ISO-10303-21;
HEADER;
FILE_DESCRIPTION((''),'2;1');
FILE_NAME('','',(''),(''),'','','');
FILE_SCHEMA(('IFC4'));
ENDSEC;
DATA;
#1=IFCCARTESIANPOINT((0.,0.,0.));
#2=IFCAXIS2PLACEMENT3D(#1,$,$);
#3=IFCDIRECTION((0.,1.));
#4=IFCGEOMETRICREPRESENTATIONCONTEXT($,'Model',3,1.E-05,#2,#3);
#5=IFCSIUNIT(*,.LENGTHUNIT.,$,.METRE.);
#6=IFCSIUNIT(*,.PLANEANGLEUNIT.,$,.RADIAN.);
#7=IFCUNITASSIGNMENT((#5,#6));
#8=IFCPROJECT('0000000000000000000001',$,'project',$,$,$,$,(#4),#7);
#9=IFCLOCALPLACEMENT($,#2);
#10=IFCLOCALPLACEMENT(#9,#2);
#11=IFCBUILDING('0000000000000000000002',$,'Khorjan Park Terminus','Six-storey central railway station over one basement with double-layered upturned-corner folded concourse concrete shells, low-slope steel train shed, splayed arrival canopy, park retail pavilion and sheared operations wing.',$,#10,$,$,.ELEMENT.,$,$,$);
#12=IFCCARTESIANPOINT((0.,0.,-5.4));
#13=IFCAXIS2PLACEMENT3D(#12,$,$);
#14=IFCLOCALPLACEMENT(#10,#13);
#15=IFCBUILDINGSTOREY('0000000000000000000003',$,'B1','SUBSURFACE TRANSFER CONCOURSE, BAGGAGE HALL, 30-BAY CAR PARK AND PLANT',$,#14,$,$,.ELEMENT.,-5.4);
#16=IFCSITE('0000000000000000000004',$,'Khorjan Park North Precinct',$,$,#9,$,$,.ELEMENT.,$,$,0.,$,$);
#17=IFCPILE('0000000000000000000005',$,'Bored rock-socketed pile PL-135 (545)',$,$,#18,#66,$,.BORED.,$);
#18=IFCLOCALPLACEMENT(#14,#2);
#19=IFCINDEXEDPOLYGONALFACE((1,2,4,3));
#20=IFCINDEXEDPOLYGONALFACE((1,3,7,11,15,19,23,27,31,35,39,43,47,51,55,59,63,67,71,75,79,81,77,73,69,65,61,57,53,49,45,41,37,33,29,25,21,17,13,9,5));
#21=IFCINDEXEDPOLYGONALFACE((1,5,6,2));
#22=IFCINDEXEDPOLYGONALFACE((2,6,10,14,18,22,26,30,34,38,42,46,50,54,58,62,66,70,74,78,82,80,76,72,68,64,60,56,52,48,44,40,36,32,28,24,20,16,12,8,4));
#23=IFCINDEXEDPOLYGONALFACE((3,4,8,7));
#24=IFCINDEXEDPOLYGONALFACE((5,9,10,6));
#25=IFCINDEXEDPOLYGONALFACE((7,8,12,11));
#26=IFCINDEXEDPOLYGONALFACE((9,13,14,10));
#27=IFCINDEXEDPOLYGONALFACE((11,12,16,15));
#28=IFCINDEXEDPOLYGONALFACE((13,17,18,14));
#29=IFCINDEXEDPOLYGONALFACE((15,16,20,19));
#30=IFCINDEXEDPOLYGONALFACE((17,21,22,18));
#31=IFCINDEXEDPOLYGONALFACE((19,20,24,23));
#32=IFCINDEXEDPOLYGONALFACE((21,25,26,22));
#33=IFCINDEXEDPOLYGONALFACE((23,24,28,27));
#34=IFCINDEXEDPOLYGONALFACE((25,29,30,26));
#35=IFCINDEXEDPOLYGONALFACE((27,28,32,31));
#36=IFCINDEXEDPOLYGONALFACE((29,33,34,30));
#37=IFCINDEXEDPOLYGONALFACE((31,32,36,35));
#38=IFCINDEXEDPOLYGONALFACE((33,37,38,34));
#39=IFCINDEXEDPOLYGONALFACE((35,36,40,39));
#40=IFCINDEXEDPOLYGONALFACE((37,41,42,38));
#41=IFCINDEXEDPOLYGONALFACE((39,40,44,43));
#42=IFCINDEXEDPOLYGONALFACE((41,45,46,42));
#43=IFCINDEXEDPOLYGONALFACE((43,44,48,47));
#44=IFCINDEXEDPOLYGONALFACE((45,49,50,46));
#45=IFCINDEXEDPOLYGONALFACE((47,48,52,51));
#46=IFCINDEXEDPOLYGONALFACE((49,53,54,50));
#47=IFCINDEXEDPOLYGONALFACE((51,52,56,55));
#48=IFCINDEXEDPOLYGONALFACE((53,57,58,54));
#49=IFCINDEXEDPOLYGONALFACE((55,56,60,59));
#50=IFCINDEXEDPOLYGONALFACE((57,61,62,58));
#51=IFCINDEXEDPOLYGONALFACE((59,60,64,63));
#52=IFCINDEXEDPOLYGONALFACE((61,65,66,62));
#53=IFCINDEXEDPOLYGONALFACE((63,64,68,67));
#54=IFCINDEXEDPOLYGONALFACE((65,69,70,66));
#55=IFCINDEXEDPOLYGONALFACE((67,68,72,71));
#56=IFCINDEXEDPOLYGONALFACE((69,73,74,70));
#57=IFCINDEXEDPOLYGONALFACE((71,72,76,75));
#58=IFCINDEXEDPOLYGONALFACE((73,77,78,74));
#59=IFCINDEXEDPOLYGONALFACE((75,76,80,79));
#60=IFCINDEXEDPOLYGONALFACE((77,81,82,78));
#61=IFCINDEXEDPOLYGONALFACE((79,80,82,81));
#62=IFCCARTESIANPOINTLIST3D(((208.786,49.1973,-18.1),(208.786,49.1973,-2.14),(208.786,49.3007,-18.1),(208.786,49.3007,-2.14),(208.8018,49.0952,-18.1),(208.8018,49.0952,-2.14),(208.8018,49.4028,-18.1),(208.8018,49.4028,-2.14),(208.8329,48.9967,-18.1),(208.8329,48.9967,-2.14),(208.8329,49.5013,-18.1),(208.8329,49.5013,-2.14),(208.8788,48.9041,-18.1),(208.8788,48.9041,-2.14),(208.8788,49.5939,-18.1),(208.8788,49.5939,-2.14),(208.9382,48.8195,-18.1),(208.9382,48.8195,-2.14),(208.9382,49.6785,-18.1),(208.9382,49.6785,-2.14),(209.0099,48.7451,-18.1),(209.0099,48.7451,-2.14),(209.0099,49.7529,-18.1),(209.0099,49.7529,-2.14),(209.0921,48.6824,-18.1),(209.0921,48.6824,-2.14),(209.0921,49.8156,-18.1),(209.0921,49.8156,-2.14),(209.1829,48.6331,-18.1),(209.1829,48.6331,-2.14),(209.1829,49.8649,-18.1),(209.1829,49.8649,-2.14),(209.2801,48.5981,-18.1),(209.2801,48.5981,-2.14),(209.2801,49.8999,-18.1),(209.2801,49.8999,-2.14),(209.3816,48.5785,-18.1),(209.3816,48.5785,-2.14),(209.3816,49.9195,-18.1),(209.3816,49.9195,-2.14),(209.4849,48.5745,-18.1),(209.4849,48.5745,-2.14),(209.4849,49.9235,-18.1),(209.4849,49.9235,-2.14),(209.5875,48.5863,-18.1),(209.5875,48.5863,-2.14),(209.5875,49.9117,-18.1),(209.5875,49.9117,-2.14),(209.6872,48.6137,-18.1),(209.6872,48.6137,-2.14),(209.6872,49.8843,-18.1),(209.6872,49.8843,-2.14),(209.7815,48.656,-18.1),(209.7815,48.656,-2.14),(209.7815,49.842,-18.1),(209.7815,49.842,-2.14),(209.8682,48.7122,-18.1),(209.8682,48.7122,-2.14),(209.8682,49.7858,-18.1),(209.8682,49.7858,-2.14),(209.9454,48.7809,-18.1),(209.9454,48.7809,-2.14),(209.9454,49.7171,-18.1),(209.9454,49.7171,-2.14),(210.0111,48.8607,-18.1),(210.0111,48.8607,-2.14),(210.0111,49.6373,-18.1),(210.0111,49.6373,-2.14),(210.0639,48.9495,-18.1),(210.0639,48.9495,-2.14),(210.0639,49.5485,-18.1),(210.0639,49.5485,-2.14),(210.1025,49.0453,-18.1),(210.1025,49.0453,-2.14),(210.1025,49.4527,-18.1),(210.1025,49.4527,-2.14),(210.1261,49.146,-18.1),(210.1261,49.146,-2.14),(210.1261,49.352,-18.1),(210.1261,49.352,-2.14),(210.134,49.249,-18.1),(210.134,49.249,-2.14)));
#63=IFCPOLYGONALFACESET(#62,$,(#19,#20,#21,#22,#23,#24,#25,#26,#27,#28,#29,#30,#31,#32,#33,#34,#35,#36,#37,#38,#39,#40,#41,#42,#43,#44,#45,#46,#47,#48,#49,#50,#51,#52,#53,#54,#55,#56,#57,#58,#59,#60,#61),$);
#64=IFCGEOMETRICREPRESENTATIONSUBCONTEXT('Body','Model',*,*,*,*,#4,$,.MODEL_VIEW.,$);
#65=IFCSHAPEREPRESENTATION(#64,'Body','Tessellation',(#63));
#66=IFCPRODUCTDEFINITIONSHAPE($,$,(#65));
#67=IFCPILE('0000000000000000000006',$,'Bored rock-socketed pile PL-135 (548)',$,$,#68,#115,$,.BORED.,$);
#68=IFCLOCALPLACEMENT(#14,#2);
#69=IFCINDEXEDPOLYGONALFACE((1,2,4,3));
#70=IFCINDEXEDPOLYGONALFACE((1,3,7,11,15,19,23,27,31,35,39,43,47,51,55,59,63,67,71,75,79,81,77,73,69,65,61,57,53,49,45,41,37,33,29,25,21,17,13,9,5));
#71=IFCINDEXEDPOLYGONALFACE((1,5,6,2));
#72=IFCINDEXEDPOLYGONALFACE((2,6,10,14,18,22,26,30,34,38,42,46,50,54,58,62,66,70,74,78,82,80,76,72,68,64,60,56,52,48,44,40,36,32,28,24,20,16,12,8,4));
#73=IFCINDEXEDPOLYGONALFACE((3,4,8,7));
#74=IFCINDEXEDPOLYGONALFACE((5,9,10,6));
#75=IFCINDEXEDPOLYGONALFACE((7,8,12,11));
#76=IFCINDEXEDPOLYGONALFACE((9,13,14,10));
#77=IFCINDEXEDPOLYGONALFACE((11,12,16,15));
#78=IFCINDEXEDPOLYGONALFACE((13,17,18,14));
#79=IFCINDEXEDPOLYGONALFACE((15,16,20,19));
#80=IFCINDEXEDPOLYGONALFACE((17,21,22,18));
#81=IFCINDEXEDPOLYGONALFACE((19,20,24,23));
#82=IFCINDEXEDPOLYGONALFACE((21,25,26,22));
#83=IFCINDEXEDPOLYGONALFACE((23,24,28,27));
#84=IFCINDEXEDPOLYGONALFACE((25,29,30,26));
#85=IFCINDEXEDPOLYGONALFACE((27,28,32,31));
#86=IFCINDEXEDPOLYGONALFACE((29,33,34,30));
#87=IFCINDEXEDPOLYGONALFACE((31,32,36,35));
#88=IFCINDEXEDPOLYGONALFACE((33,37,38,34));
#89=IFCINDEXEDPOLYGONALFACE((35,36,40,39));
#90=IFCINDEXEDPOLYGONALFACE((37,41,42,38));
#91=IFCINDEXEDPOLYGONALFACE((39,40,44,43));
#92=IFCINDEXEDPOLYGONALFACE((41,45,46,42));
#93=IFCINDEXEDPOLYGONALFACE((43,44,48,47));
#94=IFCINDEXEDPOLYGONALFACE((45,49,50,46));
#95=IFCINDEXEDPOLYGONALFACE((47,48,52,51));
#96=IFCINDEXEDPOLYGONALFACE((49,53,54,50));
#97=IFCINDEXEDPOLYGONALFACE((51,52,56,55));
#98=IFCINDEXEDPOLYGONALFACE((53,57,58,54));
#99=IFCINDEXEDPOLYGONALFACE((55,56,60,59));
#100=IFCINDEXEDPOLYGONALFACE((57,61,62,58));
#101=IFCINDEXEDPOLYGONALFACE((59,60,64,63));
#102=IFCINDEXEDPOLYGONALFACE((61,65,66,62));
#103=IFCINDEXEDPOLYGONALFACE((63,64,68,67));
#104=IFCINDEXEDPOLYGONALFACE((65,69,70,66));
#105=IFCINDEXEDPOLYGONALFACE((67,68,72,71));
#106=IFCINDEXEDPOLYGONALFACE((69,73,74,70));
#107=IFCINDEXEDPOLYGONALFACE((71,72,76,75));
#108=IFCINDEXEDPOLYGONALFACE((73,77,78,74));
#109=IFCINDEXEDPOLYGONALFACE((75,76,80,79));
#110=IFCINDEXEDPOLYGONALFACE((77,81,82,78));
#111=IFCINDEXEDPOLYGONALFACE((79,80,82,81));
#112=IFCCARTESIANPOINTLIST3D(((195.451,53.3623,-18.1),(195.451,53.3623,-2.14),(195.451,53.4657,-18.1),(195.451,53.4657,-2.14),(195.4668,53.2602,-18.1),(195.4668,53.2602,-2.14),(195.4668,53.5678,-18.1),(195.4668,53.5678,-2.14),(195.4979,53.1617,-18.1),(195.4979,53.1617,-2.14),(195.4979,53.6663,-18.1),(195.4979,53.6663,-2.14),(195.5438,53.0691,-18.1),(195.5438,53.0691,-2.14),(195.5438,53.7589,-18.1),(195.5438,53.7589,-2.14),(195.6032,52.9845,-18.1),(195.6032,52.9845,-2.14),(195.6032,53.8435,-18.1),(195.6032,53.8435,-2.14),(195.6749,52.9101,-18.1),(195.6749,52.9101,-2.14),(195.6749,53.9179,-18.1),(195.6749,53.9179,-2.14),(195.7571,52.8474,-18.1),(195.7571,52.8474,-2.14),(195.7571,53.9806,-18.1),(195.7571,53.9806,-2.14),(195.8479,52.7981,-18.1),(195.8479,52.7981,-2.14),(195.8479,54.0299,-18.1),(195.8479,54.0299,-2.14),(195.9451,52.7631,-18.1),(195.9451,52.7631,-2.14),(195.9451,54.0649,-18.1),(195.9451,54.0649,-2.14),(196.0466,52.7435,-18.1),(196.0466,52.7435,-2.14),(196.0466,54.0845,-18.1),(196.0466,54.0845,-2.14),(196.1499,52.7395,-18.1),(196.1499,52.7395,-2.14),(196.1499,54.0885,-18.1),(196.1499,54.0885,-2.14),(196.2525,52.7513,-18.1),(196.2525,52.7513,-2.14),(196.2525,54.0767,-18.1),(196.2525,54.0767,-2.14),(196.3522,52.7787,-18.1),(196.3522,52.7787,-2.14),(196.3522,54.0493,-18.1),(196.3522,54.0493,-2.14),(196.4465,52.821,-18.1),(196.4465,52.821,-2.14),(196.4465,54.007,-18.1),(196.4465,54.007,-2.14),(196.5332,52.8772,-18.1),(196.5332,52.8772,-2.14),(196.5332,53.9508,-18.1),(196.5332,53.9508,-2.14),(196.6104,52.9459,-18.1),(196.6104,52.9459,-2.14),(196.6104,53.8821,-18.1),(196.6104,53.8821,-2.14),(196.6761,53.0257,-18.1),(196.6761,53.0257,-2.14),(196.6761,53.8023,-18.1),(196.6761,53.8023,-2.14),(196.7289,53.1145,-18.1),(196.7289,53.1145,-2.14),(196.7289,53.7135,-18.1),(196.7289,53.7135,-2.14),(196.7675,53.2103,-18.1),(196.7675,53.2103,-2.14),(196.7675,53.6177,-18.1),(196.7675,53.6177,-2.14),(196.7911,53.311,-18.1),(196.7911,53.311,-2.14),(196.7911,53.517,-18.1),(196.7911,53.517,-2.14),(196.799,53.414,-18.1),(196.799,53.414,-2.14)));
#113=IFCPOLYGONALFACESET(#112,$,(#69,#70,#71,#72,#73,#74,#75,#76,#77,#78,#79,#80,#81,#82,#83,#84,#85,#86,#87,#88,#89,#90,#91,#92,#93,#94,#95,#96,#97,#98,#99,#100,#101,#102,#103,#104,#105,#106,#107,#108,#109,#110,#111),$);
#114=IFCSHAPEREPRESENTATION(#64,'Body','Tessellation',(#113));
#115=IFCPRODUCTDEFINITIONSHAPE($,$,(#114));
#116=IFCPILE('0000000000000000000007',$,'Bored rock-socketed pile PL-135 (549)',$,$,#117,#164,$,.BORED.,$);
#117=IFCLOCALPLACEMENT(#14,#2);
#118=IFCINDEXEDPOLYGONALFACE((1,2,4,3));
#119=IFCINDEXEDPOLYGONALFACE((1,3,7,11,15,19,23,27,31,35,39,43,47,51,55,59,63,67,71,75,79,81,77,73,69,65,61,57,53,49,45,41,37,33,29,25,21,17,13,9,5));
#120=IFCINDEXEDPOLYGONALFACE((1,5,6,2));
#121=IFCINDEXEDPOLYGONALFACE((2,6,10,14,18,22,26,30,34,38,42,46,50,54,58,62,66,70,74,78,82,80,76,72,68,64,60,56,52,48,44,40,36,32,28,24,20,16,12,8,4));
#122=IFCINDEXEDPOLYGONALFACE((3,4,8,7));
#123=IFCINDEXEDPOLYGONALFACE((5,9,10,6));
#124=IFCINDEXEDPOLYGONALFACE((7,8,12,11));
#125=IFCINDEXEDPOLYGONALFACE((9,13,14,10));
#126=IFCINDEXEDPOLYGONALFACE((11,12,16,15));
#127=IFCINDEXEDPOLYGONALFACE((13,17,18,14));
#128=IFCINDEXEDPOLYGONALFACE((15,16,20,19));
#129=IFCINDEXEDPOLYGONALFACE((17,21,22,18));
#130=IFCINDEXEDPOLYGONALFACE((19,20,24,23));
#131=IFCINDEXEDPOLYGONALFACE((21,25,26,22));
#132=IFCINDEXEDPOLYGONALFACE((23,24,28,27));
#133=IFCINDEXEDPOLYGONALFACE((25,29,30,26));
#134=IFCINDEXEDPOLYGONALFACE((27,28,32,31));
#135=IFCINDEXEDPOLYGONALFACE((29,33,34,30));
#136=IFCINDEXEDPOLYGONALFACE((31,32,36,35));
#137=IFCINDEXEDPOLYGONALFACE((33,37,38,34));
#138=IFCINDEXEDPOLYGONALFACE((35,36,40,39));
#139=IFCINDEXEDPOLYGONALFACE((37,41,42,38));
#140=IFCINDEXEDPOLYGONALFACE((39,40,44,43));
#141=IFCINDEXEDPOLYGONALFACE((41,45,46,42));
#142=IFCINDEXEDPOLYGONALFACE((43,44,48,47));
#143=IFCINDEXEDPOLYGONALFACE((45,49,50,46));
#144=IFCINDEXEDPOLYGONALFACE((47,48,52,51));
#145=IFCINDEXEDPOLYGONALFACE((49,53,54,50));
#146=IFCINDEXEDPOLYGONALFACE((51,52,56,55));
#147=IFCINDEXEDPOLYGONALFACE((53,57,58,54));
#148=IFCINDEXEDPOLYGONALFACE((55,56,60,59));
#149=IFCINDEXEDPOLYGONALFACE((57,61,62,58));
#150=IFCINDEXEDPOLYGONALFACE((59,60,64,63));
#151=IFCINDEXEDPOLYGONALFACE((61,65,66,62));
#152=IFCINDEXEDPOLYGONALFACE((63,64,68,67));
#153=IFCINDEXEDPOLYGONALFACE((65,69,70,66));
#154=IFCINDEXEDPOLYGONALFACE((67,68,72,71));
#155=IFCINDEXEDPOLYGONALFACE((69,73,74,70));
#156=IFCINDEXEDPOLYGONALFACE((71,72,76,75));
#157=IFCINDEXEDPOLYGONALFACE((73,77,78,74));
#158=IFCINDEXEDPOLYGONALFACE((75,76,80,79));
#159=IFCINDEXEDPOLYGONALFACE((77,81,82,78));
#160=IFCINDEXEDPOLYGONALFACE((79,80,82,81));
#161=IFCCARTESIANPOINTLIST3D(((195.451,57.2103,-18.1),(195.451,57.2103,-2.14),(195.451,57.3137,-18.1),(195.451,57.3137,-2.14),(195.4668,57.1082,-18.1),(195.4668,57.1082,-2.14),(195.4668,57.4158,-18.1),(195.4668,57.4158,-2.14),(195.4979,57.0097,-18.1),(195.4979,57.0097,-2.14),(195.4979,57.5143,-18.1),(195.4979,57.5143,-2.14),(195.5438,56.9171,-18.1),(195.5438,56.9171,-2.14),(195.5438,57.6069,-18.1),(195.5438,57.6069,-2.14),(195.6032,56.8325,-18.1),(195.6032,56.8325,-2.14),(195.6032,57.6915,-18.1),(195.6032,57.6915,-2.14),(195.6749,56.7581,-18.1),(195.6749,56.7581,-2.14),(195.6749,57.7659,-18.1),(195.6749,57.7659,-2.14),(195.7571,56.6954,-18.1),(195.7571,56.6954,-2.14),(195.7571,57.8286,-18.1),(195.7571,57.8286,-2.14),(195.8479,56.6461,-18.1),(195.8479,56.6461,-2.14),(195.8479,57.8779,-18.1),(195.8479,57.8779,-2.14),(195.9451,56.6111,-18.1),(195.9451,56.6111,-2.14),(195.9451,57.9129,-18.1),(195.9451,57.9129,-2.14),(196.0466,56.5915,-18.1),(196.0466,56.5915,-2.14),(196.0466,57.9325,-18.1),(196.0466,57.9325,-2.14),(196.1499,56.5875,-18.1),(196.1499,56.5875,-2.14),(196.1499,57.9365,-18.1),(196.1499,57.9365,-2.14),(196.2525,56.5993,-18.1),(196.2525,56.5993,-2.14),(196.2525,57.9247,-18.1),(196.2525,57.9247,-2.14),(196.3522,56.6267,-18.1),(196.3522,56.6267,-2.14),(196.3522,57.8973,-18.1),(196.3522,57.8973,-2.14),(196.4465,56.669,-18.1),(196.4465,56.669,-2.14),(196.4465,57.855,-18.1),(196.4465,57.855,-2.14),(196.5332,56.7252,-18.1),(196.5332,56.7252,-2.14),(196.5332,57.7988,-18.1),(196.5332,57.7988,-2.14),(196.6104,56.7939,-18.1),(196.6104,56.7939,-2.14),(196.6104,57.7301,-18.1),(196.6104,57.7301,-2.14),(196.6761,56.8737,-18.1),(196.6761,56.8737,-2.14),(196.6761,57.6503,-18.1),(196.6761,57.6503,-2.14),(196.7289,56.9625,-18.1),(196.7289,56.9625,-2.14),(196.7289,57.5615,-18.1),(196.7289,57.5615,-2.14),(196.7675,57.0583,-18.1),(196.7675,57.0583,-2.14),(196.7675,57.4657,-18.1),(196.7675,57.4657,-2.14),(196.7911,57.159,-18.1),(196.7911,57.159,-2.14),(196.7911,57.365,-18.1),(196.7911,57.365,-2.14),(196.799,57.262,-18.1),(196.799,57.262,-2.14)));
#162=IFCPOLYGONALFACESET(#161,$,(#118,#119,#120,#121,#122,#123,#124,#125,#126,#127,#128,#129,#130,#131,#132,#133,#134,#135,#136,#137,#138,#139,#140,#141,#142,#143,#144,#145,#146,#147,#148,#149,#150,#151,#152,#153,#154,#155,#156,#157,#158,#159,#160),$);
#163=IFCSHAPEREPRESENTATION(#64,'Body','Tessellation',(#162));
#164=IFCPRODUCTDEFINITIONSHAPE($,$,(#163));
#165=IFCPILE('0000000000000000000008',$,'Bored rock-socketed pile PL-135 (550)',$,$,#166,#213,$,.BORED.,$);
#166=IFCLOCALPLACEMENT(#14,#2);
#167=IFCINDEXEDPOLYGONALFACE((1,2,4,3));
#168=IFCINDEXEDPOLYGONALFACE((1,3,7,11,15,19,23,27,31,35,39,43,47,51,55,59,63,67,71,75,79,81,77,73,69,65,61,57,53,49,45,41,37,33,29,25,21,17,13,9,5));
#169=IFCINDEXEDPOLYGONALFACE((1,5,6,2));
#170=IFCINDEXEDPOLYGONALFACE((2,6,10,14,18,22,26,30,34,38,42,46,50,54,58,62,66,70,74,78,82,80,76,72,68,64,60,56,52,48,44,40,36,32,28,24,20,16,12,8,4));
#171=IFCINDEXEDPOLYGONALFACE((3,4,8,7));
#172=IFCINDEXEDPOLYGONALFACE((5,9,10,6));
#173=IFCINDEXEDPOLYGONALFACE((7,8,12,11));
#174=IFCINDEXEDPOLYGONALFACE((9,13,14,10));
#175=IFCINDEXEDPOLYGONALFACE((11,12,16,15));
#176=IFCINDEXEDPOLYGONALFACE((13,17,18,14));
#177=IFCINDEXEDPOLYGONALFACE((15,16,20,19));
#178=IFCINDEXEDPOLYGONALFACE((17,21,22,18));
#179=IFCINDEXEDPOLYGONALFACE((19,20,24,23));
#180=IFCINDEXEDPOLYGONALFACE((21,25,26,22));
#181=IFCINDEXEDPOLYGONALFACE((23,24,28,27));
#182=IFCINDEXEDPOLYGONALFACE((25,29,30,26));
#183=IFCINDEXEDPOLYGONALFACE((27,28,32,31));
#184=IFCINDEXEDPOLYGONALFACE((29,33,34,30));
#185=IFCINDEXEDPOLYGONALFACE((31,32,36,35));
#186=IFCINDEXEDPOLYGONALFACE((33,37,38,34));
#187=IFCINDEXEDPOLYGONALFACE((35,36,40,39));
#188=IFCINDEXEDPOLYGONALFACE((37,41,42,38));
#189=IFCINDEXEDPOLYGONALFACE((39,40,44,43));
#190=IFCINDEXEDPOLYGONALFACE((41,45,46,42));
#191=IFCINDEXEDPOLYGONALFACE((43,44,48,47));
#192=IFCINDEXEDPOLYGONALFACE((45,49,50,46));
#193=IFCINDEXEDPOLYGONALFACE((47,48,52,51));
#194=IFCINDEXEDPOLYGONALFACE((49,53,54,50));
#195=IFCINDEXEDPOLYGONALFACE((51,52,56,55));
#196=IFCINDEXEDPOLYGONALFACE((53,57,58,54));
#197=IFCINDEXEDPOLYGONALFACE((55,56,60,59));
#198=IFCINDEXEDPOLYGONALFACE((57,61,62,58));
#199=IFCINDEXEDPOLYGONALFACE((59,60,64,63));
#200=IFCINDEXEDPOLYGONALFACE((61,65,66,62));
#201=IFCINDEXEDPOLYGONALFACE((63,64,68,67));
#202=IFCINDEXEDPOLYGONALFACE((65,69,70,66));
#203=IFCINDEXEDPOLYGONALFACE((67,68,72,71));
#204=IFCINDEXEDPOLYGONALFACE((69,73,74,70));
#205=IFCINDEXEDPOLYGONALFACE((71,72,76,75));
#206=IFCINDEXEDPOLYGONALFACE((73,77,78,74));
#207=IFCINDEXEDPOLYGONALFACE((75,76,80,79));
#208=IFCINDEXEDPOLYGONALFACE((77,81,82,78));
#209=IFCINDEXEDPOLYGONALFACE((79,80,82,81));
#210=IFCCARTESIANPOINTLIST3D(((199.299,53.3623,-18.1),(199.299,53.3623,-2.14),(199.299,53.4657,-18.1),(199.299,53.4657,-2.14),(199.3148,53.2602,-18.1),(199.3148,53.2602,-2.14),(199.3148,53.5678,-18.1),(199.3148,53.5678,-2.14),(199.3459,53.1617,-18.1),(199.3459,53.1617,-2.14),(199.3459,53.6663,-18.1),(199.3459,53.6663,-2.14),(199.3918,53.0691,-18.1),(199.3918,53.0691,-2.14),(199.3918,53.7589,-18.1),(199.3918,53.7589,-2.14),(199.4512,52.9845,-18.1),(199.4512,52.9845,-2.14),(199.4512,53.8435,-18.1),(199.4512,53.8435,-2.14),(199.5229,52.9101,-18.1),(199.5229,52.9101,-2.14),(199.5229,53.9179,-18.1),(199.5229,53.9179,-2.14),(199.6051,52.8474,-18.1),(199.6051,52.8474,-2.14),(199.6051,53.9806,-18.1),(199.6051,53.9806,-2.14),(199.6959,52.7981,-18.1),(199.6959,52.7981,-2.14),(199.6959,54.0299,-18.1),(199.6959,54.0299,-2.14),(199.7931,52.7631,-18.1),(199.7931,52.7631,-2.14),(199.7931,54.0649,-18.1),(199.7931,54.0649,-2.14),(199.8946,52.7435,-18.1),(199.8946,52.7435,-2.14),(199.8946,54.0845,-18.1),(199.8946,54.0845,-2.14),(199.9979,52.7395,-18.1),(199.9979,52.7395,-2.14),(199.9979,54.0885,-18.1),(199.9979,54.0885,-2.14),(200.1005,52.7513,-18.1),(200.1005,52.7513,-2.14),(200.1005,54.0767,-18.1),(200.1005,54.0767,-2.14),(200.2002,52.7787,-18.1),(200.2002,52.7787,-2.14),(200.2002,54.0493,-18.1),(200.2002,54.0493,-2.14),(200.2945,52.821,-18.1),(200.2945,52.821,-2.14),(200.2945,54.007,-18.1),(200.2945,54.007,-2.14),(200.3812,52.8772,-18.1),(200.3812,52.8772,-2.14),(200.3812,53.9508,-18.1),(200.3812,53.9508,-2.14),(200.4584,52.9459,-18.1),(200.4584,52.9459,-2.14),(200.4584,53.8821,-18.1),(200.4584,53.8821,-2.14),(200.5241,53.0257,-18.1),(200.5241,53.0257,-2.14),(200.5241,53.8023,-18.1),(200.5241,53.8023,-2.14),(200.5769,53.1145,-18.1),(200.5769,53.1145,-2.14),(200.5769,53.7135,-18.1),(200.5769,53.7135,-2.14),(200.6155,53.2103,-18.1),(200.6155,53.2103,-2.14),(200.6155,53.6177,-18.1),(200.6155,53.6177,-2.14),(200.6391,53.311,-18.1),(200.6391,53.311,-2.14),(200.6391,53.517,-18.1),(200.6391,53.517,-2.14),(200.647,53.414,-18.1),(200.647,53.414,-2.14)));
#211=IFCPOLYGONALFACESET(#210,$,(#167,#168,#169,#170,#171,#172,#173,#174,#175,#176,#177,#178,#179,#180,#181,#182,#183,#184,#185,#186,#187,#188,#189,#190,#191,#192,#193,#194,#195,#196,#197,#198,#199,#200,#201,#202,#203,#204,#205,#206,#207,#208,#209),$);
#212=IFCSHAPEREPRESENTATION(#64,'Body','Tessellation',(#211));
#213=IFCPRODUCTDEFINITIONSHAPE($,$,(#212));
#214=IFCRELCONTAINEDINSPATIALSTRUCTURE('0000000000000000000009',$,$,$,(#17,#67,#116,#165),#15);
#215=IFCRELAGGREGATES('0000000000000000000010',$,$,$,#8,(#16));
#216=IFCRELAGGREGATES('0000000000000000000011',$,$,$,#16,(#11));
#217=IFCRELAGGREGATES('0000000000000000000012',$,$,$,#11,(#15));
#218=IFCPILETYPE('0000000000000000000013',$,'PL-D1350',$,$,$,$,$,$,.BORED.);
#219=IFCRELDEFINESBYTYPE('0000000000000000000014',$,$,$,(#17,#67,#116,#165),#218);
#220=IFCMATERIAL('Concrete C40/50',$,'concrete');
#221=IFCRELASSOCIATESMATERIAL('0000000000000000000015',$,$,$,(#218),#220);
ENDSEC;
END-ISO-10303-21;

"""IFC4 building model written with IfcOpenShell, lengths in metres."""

from ifc_helpers import new_model, si_unit, direction, frame, origin, origin_2d, place, context, subcontext, project, spatial, circle, extrude, material, material_profile, profile_set, type_object, element, save


model = new_model("IFC4")

# Units and contexts
model_context = context("Model", 3, precision=1e-05, world=origin(), true_north=direction((0.0, 1.0)))
body_context = subcontext(model_context, "Body", "Model", "MODEL_VIEW")
ifc_project = project(units=[si_unit("LENGTHUNIT", "METRE"), si_unit("PLANEANGLEUNIT", "RADIAN")], contexts=[model_context])

# Site, building, storey
site_placement = place(None, origin())
site = spatial("IfcSite", under=ifc_project, at=site_placement, Name="Khorjan Park North Precinct", CompositionType="ELEMENT", RefElevation=0.0)
building_placement = place(site_placement, origin())
building = spatial("IfcBuilding", under=site, at=building_placement, Name="Khorjan Park Terminus", Description="Six-storey central railway station over one basement with double-layered upturned-corner folded concourse concrete shells, low-slope steel train shed, splayed arrival canopy, park retail pavilion and sheared operations wing.", CompositionType="ELEMENT")
storey_placement = place(building_placement, frame((0.0, 0.0, -5.4)))
storey = spatial("IfcBuildingStorey", under=building, at=storey_placement, Name="B1", Description="SUBSURFACE TRANSFER CONCOURSE, BAGGAGE HALL, 30-BAY CAR PARK AND PLANT", CompositionType="ELEMENT", Elevation=-5.4)

# Piles
ifc_material_1 = material(Name="Concrete C40/50", Category="concrete")
ifc_material_profile_1 = material_profile(ifc_material_1, circle(Radius=0.675, at=origin_2d()), Name="BORED D1350")
ifc_profile_set_1 = profile_set([ifc_material_profile_1], Name="Concrete C40/50")
pile_type = type_object("IfcPileType", Name="PL-D1350", PredefinedType="BORED", material=ifc_profile_set_1)
for number, where, z_axis, x_axis, name in (
    (1, (209.459, 49.249, -2.14), (0.0, 0.0, -1.0), (1.0, 0.0, 0.0), "Bored rock-socketed pile PL-135 (545)"),
    (2, (196.124, 53.414, -2.14), (0.0, 0.0, -1.0), (1.0, 0.0, 0.0), "Bored rock-socketed pile PL-135 (548)"),
    (3, (196.124, 57.262, -2.14), (0.0, 0.0, -1.0), (1.0, 0.0, 0.0), "Bored rock-socketed pile PL-135 (549)"),
    (4, (199.972, 53.414, -2.14), (0.0, 0.0, -1.0), (1.0, 0.0, 0.0), "Bored rock-socketed pile PL-135 (550)"),
):
    element("IfcPile", number, at=place(storey_placement, frame(where, z_axis=z_axis, x_axis=x_axis)), inside=storey, type_object=pile_type, Name=name, PredefinedType="BORED", context=body_context, shape_type="SweptSolid", body=[
        extrude(circle(Radius=0.675, at=origin_2d()), origin(), (0.0, 0.0, 1.0), 15.96),
    ])

save(model, "model.ifc")
